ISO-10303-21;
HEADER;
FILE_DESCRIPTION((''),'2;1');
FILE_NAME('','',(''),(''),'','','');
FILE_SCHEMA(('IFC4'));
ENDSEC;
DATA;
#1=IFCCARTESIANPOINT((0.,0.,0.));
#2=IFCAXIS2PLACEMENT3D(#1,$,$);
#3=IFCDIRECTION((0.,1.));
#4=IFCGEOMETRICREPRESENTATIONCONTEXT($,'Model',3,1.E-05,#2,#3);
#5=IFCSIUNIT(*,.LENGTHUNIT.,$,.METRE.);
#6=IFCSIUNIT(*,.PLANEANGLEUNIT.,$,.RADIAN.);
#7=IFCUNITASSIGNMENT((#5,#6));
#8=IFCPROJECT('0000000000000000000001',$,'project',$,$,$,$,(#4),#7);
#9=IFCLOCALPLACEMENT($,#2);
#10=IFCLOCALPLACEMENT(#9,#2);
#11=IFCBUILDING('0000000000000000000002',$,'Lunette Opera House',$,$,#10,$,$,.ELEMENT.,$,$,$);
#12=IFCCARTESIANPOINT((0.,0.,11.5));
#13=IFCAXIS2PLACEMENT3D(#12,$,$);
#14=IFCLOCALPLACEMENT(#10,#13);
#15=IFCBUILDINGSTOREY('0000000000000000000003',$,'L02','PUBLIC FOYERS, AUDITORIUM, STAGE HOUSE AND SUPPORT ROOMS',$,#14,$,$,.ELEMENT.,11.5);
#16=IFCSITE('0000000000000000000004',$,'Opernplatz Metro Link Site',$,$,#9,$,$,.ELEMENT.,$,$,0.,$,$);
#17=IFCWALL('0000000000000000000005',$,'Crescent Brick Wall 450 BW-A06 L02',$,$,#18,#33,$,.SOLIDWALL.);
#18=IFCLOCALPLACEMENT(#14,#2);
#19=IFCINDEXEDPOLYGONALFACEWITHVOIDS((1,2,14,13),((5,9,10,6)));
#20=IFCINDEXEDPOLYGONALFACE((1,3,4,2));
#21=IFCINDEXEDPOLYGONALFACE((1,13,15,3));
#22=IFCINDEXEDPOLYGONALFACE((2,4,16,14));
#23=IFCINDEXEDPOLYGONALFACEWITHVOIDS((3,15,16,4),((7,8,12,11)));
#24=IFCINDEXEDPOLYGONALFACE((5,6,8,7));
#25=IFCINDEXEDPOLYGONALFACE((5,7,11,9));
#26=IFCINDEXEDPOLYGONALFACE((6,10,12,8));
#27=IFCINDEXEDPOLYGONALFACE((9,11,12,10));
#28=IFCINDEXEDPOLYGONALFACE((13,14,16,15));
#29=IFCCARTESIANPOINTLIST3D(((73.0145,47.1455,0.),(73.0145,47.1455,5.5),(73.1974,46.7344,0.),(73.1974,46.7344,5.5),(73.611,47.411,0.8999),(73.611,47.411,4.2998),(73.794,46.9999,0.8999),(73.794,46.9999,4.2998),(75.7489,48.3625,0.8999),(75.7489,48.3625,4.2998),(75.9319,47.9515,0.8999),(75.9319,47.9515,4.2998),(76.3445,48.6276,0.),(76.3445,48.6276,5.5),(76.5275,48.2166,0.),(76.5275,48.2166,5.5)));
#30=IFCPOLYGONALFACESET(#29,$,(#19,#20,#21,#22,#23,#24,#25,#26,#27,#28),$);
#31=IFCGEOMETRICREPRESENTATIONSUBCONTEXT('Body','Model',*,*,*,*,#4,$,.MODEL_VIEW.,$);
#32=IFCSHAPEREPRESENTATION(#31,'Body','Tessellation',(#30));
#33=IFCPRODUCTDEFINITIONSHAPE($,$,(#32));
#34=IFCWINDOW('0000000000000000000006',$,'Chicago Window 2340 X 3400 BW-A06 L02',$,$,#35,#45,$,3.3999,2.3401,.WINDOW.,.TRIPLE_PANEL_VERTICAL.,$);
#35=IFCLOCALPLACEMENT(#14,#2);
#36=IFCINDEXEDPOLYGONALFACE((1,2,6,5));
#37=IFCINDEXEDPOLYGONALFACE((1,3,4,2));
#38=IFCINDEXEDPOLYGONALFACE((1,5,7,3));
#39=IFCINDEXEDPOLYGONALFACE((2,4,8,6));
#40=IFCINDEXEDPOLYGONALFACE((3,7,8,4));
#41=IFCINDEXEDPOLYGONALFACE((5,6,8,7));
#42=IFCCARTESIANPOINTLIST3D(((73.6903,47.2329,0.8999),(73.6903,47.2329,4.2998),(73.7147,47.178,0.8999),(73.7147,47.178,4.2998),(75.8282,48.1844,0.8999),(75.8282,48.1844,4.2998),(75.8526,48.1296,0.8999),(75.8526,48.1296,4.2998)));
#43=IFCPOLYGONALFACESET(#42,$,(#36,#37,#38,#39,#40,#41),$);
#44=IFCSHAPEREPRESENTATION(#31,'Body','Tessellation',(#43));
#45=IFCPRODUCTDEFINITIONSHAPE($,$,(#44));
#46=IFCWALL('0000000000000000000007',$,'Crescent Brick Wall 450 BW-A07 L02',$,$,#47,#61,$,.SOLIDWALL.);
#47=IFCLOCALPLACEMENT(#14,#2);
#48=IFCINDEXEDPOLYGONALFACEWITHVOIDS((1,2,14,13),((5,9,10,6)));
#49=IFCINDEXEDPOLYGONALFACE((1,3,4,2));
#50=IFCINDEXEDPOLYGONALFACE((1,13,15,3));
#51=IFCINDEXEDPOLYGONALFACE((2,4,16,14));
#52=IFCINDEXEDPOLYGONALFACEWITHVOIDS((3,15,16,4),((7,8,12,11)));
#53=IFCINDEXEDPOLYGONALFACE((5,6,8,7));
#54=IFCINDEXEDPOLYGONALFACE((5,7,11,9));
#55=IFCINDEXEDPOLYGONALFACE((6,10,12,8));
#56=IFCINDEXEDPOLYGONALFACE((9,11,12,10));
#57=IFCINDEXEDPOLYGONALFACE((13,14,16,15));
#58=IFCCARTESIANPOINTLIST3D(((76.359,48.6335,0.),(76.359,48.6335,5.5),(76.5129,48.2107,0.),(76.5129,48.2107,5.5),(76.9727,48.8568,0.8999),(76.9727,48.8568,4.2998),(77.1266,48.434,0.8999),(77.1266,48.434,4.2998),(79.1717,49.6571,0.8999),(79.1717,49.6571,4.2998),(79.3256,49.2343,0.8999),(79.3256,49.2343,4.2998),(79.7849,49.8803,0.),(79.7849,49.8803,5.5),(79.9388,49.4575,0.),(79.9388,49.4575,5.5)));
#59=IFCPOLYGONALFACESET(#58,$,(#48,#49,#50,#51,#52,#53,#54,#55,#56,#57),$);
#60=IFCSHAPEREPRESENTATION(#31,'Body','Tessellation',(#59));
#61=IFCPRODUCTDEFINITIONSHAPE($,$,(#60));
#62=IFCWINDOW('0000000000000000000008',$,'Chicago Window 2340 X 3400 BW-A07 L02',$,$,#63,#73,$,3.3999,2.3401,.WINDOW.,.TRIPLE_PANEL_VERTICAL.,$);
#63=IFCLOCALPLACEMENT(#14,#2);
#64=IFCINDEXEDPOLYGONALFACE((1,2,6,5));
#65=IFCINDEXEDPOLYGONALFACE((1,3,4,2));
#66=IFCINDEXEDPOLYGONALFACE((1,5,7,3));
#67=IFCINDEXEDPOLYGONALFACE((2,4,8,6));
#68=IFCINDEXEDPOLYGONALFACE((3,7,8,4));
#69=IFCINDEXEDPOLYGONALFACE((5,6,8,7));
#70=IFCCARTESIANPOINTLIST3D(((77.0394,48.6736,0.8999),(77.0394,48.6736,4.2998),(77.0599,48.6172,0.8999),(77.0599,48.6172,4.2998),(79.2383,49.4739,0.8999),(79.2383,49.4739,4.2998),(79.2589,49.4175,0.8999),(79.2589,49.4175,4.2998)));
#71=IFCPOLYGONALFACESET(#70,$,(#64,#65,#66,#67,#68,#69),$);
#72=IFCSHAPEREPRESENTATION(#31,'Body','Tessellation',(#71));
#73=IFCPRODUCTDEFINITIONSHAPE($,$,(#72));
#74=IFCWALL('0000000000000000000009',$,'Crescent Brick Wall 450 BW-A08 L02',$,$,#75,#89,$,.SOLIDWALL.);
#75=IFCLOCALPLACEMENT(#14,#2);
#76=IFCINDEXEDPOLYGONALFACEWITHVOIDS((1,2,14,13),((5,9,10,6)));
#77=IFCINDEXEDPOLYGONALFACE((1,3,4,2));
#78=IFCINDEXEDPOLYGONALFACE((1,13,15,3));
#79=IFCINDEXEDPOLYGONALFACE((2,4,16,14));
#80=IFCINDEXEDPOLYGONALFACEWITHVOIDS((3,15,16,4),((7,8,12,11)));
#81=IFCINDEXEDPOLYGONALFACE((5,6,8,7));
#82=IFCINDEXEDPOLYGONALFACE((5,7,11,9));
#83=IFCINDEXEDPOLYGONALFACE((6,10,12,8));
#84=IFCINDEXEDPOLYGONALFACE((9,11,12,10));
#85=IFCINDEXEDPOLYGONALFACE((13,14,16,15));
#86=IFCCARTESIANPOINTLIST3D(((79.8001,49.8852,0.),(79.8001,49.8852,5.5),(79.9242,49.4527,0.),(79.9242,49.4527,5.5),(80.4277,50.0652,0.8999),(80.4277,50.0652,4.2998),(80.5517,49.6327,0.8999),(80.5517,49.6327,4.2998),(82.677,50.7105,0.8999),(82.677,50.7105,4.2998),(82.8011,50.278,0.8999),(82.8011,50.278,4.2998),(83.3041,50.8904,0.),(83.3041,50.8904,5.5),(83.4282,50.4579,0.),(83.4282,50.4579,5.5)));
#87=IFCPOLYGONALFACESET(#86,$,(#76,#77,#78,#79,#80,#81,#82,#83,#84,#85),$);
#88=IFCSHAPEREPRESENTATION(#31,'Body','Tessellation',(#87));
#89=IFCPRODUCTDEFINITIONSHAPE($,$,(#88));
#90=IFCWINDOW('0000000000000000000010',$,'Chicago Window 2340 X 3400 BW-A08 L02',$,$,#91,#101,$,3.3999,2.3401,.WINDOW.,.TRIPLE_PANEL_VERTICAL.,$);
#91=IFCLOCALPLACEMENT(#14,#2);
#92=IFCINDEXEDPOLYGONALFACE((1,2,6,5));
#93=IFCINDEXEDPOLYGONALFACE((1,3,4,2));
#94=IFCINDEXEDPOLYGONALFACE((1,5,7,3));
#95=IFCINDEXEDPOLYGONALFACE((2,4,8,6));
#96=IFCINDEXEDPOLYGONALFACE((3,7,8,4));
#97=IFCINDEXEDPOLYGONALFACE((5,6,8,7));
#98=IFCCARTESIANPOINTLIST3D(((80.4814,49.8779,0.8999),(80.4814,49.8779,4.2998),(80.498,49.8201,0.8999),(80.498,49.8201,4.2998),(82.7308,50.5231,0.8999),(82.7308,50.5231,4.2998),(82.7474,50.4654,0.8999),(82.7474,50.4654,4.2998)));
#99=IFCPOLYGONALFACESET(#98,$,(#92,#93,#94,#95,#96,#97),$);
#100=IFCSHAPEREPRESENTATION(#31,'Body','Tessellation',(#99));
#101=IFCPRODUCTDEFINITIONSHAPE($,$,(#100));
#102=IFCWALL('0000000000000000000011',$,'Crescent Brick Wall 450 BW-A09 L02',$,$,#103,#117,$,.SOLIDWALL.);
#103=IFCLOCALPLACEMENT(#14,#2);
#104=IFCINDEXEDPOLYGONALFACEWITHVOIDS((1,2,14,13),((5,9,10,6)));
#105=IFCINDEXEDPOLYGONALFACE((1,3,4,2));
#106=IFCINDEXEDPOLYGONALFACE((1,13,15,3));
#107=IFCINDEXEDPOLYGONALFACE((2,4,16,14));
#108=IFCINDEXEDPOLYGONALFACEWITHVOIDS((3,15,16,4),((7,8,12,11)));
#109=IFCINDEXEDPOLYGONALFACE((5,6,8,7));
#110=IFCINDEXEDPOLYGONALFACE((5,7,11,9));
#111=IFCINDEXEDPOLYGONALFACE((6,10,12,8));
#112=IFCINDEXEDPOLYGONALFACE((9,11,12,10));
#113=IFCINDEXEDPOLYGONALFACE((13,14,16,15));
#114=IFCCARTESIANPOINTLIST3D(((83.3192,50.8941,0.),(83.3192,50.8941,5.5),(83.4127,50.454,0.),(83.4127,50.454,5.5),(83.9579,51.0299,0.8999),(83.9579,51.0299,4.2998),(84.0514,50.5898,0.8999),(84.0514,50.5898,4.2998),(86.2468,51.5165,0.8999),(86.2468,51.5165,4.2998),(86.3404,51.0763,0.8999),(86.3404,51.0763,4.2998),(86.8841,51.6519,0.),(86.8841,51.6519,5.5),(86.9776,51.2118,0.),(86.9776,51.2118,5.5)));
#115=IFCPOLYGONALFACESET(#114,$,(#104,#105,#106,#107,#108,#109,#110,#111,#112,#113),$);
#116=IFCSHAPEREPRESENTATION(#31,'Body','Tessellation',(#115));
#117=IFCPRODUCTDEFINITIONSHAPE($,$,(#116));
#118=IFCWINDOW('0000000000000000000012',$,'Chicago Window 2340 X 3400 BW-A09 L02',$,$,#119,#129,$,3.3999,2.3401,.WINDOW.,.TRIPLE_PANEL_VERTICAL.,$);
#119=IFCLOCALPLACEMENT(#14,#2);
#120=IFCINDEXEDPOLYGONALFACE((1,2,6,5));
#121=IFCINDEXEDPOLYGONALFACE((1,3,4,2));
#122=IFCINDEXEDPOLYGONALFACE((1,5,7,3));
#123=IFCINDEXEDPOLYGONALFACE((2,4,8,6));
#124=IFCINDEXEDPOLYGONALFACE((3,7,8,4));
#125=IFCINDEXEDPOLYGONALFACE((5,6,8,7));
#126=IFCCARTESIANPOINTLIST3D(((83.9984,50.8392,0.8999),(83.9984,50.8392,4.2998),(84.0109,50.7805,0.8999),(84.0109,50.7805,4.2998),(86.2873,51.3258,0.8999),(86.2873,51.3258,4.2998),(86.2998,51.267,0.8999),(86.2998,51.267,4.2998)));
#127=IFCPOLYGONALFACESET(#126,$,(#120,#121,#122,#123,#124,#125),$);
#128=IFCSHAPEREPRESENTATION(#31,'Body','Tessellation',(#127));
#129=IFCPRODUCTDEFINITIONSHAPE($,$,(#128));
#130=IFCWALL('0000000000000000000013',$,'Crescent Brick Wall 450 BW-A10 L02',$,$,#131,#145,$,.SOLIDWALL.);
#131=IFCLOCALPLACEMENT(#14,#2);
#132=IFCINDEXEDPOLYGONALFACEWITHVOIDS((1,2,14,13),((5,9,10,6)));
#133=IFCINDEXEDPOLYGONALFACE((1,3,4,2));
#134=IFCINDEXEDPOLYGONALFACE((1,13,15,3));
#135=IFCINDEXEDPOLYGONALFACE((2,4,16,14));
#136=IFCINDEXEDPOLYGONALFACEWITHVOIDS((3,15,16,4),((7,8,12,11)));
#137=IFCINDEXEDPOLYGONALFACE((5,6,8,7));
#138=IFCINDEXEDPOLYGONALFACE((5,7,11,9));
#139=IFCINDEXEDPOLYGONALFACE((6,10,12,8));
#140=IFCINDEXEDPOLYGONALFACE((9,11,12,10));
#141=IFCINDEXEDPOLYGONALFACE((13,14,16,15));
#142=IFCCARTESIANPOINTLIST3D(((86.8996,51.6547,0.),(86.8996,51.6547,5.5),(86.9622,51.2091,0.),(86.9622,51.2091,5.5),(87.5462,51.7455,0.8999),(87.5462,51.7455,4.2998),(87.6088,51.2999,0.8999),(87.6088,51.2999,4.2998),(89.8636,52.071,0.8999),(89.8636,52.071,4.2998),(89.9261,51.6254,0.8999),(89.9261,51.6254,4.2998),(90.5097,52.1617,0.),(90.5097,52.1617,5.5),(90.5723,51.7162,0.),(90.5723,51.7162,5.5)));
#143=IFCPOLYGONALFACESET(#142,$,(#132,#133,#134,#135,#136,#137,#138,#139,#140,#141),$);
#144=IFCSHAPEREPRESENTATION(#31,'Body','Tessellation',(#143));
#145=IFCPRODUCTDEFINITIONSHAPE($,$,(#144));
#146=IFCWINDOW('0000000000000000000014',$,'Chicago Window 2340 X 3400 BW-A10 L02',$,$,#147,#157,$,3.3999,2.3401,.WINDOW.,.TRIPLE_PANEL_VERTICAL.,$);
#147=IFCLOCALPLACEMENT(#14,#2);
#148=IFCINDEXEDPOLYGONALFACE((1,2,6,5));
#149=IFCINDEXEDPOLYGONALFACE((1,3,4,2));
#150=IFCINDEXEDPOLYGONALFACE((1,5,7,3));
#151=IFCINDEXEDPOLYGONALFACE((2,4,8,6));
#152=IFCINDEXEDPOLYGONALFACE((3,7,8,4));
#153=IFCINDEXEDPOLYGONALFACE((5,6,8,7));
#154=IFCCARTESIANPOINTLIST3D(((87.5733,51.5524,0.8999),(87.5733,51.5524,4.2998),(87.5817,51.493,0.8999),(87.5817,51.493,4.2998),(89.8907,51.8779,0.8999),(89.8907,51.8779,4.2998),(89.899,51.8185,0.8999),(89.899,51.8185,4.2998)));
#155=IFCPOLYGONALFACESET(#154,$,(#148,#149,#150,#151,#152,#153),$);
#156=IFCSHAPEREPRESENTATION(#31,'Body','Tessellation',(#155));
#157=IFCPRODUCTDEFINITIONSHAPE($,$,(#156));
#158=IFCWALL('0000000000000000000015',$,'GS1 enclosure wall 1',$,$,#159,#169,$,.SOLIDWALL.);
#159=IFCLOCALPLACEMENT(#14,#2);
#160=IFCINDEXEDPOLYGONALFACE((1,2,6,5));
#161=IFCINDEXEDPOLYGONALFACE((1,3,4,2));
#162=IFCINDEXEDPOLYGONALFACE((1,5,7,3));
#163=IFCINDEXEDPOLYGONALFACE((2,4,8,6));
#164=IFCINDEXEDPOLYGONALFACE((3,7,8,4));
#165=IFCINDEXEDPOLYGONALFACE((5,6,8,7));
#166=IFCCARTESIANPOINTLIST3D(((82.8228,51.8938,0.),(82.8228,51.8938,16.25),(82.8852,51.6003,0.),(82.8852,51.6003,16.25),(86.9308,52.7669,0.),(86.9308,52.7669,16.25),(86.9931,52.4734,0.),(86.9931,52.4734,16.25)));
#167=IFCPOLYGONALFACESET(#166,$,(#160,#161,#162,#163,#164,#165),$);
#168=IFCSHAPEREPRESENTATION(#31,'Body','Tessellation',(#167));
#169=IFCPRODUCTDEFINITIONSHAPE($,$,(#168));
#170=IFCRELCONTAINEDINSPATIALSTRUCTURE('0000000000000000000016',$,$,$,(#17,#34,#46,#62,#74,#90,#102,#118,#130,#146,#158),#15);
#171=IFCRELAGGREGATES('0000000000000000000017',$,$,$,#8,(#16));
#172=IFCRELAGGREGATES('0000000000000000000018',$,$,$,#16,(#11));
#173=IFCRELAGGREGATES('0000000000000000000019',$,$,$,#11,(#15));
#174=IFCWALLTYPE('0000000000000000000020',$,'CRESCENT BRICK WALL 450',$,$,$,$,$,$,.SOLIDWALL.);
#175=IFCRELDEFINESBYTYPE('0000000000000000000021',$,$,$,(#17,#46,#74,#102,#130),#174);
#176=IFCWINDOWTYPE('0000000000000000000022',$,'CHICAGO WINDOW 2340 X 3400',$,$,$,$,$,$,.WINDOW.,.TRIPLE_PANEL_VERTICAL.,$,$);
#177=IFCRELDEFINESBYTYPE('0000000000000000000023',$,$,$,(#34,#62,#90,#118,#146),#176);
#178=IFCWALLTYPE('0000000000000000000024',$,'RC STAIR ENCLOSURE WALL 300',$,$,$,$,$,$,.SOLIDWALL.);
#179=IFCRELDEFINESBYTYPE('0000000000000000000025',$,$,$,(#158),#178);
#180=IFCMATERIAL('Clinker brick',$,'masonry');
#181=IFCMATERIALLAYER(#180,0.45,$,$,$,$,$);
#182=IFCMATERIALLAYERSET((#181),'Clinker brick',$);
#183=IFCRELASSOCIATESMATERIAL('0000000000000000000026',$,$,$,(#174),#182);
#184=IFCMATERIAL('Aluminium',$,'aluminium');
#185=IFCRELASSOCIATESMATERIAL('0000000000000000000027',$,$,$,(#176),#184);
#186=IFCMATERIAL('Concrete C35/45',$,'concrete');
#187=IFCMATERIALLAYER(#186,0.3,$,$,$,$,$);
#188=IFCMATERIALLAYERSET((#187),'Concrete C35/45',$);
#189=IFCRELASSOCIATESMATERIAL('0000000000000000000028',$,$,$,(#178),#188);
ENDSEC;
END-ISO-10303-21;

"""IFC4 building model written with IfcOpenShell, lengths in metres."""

from ifc_helpers import new_model, si_unit, direction, frame, frame_2d, origin, place, context, subcontext, project, spatial, rectangle, extrude, material, layer, layer_set, type_object, element, fill, save


model = new_model("IFC4")

# Units and contexts
model_context = context("Model", 3, precision=1e-05, world=origin(), true_north=direction((0.0, 1.0)))
body_context = subcontext(model_context, "Body", "Model", "MODEL_VIEW")
ifc_project = project(units=[si_unit("LENGTHUNIT", "METRE"), si_unit("PLANEANGLEUNIT", "RADIAN")], contexts=[model_context])

# Site, building, storey
site_placement = place(None, origin())
site = spatial("IfcSite", under=ifc_project, at=site_placement, Name="Opernplatz Metro Link Site", CompositionType="ELEMENT", RefElevation=0.0)
building_placement = place(site_placement, origin())
building = spatial("IfcBuilding", under=site, at=building_placement, Name="Lunette Opera House", CompositionType="ELEMENT")
storey_placement = place(building_placement, frame((0.0, 0.0, 11.5)))
storey = spatial("IfcBuildingStorey", under=building, at=storey_placement, Name="L02", Description="PUBLIC FOYERS, AUDITORIUM, STAGE HOUSE AND SUPPORT ROOMS", CompositionType="ELEMENT", Elevation=11.5)

# Walls, openings, windows
ifc_material_1 = material(Name="Clinker brick", Category="masonry")
ifc_layer_1 = layer(ifc_material_1, 0.45)
ifc_layer_set_1 = layer_set([ifc_layer_1], Name="Clinker brick")
wall_type_1 = type_object("IfcWallType", Name="CRESCENT BRICK WALL 450", PredefinedType="SOLIDWALL", material=ifc_layer_set_1)
wall_1_placement = place(storey_placement, frame((73.106, 46.9399, 0.0), z_axis=(0.0, 0.0, 1.0), x_axis=(0.913593, 0.406629, 0.0)))
wall_1 = element("IfcWall", 1, at=wall_1_placement, inside=storey, type_object=wall_type_1, Name="Crescent Brick Wall 450 BW-A06 L02", PredefinedType="SOLIDWALL", context=body_context, shape_type="SweptSolid", body=[
    extrude(rectangle(XDim=3.645, YDim=0.45, at=frame_2d((1.8225, 0.0))), origin(), (0.0, 0.0, 1.0), 5.5),
])
opening_1_placement = place(wall_1_placement, frame((0.6531, 0.0, 0.8999)))
opening_1 = element("IfcOpeningElement", 2, at=opening_1_placement, cuts=wall_1, PredefinedType="OPENING", context=body_context, shape_type="SweptSolid", body=[
    extrude(rectangle(XDim=2.3401, YDim=3.3999, at=frame_2d((1.1699, 1.7))), frame((0.0, 0.2371, 0.0), z_axis=(0.0, -1.0, 0.0), x_axis=(1.0, 0.0, 0.0)), (0.0, 0.0, 1.0), 0.4739),
])
ifc_material_2 = material(Name="Aluminium", Category="aluminium")
window_type = type_object("IfcWindowType", Name="CHICAGO WINDOW 2340 X 3400", PartitioningType="TRIPLE_PANEL_VERTICAL", PredefinedType="WINDOW", material=ifc_material_2)
window_1_placement = place(opening_1_placement, origin())
window_1 = element("IfcWindow", 3, at=window_1_placement, inside=storey, type_object=window_type, Name="Chicago Window 2340 X 3400 BW-A06 L02", OverallHeight=3.3999, OverallWidth=2.3401, PartitioningType="TRIPLE_PANEL_VERTICAL", PredefinedType="WINDOW", context=body_context, shape_type="SweptSolid", body=[
    extrude(rectangle(XDim=2.3401, YDim=3.3999, at=frame_2d((1.1699, 1.7))), frame((0.0, 0.03, 0.0), z_axis=(0.0, -1.0, 0.0), x_axis=(1.0, 0.0, 0.0)), (0.0, 0.0, 1.0), 0.0601),
])
fill(opening_1, window_1)
wall_2_placement = place(storey_placement, frame((76.436, 48.4221, 0.0), z_axis=(0.0, 0.0, 1.0), x_axis=(0.939705, 0.341985, 0.0)))
wall_2 = element("IfcWall", 4, at=wall_2_placement, inside=storey, type_object=wall_type_1, Name="Crescent Brick Wall 450 BW-A07 L02", PredefinedType="SOLIDWALL", context=body_context, shape_type="SweptSolid", body=[
    extrude(rectangle(XDim=3.6458, YDim=0.45, at=frame_2d((1.8228, 0.0))), origin(), (0.0, 0.0, 1.0), 5.5),
])
opening_2_placement = place(wall_2_placement, frame((0.6531, 0.0, 0.8999)))
opening_2 = element("IfcOpeningElement", 5, at=opening_2_placement, cuts=wall_2, PredefinedType="OPENING", context=body_context, shape_type="SweptSolid", body=[
    extrude(rectangle(XDim=2.3401, YDim=3.3999, at=frame_2d((1.1699, 1.7))), frame((0.0, 0.2371, 0.0), z_axis=(0.0, -1.0, 0.0), x_axis=(1.0, 0.0, 0.0)), (0.0, 0.0, 1.0), 0.4739),
])
window_2_placement = place(opening_2_placement, origin())
window_2 = element("IfcWindow", 6, at=window_2_placement, inside=storey, type_object=window_type, Name="Chicago Window 2340 X 3400 BW-A07 L02", OverallHeight=3.3999, OverallWidth=2.3401, PartitioningType="TRIPLE_PANEL_VERTICAL", PredefinedType="WINDOW", context=body_context, shape_type="SweptSolid", body=[
    extrude(rectangle(XDim=2.3401, YDim=3.3999, at=frame_2d((1.1699, 1.7))), frame((0.0, 0.03, 0.0), z_axis=(0.0, -1.0, 0.0), x_axis=(1.0, 0.0, 0.0)), (0.0, 0.0, 1.0), 0.0601),
])
fill(opening_2, window_2)
wall_3_placement = place(storey_placement, frame((79.8621, 49.6689, 0.0), z_axis=(0.0, 0.0, 1.0), x_axis=(0.961233, 0.275738, 0.0)))
wall_3 = element("IfcWall", 7, at=wall_3_placement, inside=storey, type_object=wall_type_1, Name="Crescent Brick Wall 450 BW-A08 L02", PredefinedType="SOLIDWALL", context=body_context, shape_type="SweptSolid", body=[
    extrude(rectangle(XDim=3.6453, YDim=0.45, at=frame_2d((1.8228, 0.0))), origin(), (0.0, 0.0, 1.0), 5.5),
])
opening_3_placement = place(wall_3_placement, frame((0.6531, 0.0, 0.8999)))
opening_3 = element("IfcOpeningElement", 8, at=opening_3_placement, cuts=wall_3, PredefinedType="OPENING", context=body_context, shape_type="SweptSolid", body=[
    extrude(rectangle(XDim=2.3401, YDim=3.3999, at=frame_2d((1.1699, 1.7))), frame((0.0, 0.2371, 0.0), z_axis=(0.0, -1.0, 0.0), x_axis=(1.0, 0.0, 0.0)), (0.0, 0.0, 1.0), 0.4739),
])
window_3_placement = place(opening_3_placement, origin())
window_3 = element("IfcWindow", 9, at=window_3_placement, inside=storey, type_object=window_type, Name="Chicago Window 2340 X 3400 BW-A08 L02", OverallHeight=3.3999, OverallWidth=2.3401, PartitioningType="TRIPLE_PANEL_VERTICAL", PredefinedType="WINDOW", context=body_context, shape_type="SweptSolid", body=[
    extrude(rectangle(XDim=2.3401, YDim=3.3999, at=frame_2d((1.1699, 1.7))), frame((0.0, 0.03, 0.0), z_axis=(0.0, -1.0, 0.0), x_axis=(1.0, 0.0, 0.0)), (0.0, 0.0, 1.0), 0.0601),
])
fill(opening_3, window_3)
wall_4_placement = place(storey_placement, frame((83.366, 50.6741, 0.0), z_axis=(0.0, 0.0, 1.0), x_axis=(0.978144, 0.207928, 0.0)))
wall_4 = element("IfcWall", 10, at=wall_4_placement, inside=storey, type_object=wall_type_1, Name="Crescent Brick Wall 450 BW-A09 L02", PredefinedType="SOLIDWALL", context=body_context, shape_type="SweptSolid", body=[
    extrude(rectangle(XDim=3.6445, YDim=0.45, at=frame_2d((1.8223, 0.0))), origin(), (0.0, 0.0, 1.0), 5.5),
])
opening_4_placement = place(wall_4_placement, frame((0.6531, 0.0, 0.8999)))
opening_4 = element("IfcOpeningElement", 11, at=opening_4_placement, cuts=wall_4, PredefinedType="OPENING", context=body_context, shape_type="SweptSolid", body=[
    extrude(rectangle(XDim=2.3401, YDim=3.3999, at=frame_2d((1.1699, 1.7))), frame((0.0, 0.2371, 0.0), z_axis=(0.0, -1.0, 0.0), x_axis=(1.0, 0.0, 0.0)), (0.0, 0.0, 1.0), 0.4739),
])
window_4_placement = place(opening_4_placement, origin())
window_4 = element("IfcWindow", 12, at=window_4_placement, inside=storey, type_object=window_type, Name="Chicago Window 2340 X 3400 BW-A09 L02", OverallHeight=3.3999, OverallWidth=2.3401, PartitioningType="TRIPLE_PANEL_VERTICAL", PredefinedType="WINDOW", context=body_context, shape_type="SweptSolid", body=[
    extrude(rectangle(XDim=2.3401, YDim=3.3999, at=frame_2d((1.1699, 1.7))), frame((0.0, 0.03, 0.0), z_axis=(0.0, -1.0, 0.0), x_axis=(1.0, 0.0, 0.0)), (0.0, 0.0, 1.0), 0.0601),
])
fill(opening_4, window_4)
wall_5_placement = place(storey_placement, frame((86.9309, 51.4319, 0.0), z_axis=(0.0, 0.0, 1.0), x_axis=(0.990279, 0.139096, 0.0)))
wall_5 = element("IfcWall", 13, at=wall_5_placement, inside=storey, type_object=wall_type_1, Name="Crescent Brick Wall 450 BW-A10 L02", PredefinedType="SOLIDWALL", context=body_context, shape_type="SweptSolid", body=[
    extrude(rectangle(XDim=3.6455, YDim=0.45, at=frame_2d((1.8228, 0.0))), origin(), (0.0, 0.0, 1.0), 5.5),
])
opening_5_placement = place(wall_5_placement, frame((0.6531, 0.0, 0.8999)))
opening_5 = element("IfcOpeningElement", 14, at=opening_5_placement, cuts=wall_5, PredefinedType="OPENING", context=body_context, shape_type="SweptSolid", body=[
    extrude(rectangle(XDim=2.3401, YDim=3.3999, at=frame_2d((1.1699, 1.7))), frame((0.0, 0.2371, 0.0), z_axis=(0.0, -1.0, 0.0), x_axis=(1.0, 0.0, 0.0)), (0.0, 0.0, 1.0), 0.4739),
])
window_5_placement = place(opening_5_placement, origin())
window_5 = element("IfcWindow", 15, at=window_5_placement, inside=storey, type_object=window_type, Name="Chicago Window 2340 X 3400 BW-A10 L02", OverallHeight=3.3999, OverallWidth=2.3401, PartitioningType="TRIPLE_PANEL_VERTICAL", PredefinedType="WINDOW", context=body_context, shape_type="SweptSolid", body=[
    extrude(rectangle(XDim=2.3401, YDim=3.3999, at=frame_2d((1.1699, 1.7))), frame((0.0, 0.03, 0.0), z_axis=(0.0, -1.0, 0.0), x_axis=(1.0, 0.0, 0.0)), (0.0, 0.0, 1.0), 0.0601),
])
fill(opening_5, window_5)

# Wall
ifc_material_3 = material(Name="Concrete C35/45", Category="concrete")
ifc_layer_2 = layer(ifc_material_3, 0.3)
ifc_layer_set_2 = layer_set([ifc_layer_2], Name="Concrete C35/45")
wall_type_2 = type_object("IfcWallType", Name="RC STAIR ENCLOSURE WALL 300", PredefinedType="SOLIDWALL", material=ifc_layer_set_2)
wall_6_placement = place(storey_placement, frame((82.854, 51.7471, 0.0), z_axis=(0.0, 0.0, 1.0), x_axis=(0.978153, 0.207885, 0.0)))
element("IfcWall", 16, at=wall_6_placement, inside=storey, type_object=wall_type_2, Name="GS1 enclosure wall 1", PredefinedType="SOLIDWALL", context=body_context, shape_type="SweptSolid", body=[
    extrude(rectangle(XDim=4.1997, YDim=0.3, at=frame_2d((2.0999, 0.0))), origin(), (0.0, 0.0, 1.0), 16.25),
])

save(model, "model.ifc")
